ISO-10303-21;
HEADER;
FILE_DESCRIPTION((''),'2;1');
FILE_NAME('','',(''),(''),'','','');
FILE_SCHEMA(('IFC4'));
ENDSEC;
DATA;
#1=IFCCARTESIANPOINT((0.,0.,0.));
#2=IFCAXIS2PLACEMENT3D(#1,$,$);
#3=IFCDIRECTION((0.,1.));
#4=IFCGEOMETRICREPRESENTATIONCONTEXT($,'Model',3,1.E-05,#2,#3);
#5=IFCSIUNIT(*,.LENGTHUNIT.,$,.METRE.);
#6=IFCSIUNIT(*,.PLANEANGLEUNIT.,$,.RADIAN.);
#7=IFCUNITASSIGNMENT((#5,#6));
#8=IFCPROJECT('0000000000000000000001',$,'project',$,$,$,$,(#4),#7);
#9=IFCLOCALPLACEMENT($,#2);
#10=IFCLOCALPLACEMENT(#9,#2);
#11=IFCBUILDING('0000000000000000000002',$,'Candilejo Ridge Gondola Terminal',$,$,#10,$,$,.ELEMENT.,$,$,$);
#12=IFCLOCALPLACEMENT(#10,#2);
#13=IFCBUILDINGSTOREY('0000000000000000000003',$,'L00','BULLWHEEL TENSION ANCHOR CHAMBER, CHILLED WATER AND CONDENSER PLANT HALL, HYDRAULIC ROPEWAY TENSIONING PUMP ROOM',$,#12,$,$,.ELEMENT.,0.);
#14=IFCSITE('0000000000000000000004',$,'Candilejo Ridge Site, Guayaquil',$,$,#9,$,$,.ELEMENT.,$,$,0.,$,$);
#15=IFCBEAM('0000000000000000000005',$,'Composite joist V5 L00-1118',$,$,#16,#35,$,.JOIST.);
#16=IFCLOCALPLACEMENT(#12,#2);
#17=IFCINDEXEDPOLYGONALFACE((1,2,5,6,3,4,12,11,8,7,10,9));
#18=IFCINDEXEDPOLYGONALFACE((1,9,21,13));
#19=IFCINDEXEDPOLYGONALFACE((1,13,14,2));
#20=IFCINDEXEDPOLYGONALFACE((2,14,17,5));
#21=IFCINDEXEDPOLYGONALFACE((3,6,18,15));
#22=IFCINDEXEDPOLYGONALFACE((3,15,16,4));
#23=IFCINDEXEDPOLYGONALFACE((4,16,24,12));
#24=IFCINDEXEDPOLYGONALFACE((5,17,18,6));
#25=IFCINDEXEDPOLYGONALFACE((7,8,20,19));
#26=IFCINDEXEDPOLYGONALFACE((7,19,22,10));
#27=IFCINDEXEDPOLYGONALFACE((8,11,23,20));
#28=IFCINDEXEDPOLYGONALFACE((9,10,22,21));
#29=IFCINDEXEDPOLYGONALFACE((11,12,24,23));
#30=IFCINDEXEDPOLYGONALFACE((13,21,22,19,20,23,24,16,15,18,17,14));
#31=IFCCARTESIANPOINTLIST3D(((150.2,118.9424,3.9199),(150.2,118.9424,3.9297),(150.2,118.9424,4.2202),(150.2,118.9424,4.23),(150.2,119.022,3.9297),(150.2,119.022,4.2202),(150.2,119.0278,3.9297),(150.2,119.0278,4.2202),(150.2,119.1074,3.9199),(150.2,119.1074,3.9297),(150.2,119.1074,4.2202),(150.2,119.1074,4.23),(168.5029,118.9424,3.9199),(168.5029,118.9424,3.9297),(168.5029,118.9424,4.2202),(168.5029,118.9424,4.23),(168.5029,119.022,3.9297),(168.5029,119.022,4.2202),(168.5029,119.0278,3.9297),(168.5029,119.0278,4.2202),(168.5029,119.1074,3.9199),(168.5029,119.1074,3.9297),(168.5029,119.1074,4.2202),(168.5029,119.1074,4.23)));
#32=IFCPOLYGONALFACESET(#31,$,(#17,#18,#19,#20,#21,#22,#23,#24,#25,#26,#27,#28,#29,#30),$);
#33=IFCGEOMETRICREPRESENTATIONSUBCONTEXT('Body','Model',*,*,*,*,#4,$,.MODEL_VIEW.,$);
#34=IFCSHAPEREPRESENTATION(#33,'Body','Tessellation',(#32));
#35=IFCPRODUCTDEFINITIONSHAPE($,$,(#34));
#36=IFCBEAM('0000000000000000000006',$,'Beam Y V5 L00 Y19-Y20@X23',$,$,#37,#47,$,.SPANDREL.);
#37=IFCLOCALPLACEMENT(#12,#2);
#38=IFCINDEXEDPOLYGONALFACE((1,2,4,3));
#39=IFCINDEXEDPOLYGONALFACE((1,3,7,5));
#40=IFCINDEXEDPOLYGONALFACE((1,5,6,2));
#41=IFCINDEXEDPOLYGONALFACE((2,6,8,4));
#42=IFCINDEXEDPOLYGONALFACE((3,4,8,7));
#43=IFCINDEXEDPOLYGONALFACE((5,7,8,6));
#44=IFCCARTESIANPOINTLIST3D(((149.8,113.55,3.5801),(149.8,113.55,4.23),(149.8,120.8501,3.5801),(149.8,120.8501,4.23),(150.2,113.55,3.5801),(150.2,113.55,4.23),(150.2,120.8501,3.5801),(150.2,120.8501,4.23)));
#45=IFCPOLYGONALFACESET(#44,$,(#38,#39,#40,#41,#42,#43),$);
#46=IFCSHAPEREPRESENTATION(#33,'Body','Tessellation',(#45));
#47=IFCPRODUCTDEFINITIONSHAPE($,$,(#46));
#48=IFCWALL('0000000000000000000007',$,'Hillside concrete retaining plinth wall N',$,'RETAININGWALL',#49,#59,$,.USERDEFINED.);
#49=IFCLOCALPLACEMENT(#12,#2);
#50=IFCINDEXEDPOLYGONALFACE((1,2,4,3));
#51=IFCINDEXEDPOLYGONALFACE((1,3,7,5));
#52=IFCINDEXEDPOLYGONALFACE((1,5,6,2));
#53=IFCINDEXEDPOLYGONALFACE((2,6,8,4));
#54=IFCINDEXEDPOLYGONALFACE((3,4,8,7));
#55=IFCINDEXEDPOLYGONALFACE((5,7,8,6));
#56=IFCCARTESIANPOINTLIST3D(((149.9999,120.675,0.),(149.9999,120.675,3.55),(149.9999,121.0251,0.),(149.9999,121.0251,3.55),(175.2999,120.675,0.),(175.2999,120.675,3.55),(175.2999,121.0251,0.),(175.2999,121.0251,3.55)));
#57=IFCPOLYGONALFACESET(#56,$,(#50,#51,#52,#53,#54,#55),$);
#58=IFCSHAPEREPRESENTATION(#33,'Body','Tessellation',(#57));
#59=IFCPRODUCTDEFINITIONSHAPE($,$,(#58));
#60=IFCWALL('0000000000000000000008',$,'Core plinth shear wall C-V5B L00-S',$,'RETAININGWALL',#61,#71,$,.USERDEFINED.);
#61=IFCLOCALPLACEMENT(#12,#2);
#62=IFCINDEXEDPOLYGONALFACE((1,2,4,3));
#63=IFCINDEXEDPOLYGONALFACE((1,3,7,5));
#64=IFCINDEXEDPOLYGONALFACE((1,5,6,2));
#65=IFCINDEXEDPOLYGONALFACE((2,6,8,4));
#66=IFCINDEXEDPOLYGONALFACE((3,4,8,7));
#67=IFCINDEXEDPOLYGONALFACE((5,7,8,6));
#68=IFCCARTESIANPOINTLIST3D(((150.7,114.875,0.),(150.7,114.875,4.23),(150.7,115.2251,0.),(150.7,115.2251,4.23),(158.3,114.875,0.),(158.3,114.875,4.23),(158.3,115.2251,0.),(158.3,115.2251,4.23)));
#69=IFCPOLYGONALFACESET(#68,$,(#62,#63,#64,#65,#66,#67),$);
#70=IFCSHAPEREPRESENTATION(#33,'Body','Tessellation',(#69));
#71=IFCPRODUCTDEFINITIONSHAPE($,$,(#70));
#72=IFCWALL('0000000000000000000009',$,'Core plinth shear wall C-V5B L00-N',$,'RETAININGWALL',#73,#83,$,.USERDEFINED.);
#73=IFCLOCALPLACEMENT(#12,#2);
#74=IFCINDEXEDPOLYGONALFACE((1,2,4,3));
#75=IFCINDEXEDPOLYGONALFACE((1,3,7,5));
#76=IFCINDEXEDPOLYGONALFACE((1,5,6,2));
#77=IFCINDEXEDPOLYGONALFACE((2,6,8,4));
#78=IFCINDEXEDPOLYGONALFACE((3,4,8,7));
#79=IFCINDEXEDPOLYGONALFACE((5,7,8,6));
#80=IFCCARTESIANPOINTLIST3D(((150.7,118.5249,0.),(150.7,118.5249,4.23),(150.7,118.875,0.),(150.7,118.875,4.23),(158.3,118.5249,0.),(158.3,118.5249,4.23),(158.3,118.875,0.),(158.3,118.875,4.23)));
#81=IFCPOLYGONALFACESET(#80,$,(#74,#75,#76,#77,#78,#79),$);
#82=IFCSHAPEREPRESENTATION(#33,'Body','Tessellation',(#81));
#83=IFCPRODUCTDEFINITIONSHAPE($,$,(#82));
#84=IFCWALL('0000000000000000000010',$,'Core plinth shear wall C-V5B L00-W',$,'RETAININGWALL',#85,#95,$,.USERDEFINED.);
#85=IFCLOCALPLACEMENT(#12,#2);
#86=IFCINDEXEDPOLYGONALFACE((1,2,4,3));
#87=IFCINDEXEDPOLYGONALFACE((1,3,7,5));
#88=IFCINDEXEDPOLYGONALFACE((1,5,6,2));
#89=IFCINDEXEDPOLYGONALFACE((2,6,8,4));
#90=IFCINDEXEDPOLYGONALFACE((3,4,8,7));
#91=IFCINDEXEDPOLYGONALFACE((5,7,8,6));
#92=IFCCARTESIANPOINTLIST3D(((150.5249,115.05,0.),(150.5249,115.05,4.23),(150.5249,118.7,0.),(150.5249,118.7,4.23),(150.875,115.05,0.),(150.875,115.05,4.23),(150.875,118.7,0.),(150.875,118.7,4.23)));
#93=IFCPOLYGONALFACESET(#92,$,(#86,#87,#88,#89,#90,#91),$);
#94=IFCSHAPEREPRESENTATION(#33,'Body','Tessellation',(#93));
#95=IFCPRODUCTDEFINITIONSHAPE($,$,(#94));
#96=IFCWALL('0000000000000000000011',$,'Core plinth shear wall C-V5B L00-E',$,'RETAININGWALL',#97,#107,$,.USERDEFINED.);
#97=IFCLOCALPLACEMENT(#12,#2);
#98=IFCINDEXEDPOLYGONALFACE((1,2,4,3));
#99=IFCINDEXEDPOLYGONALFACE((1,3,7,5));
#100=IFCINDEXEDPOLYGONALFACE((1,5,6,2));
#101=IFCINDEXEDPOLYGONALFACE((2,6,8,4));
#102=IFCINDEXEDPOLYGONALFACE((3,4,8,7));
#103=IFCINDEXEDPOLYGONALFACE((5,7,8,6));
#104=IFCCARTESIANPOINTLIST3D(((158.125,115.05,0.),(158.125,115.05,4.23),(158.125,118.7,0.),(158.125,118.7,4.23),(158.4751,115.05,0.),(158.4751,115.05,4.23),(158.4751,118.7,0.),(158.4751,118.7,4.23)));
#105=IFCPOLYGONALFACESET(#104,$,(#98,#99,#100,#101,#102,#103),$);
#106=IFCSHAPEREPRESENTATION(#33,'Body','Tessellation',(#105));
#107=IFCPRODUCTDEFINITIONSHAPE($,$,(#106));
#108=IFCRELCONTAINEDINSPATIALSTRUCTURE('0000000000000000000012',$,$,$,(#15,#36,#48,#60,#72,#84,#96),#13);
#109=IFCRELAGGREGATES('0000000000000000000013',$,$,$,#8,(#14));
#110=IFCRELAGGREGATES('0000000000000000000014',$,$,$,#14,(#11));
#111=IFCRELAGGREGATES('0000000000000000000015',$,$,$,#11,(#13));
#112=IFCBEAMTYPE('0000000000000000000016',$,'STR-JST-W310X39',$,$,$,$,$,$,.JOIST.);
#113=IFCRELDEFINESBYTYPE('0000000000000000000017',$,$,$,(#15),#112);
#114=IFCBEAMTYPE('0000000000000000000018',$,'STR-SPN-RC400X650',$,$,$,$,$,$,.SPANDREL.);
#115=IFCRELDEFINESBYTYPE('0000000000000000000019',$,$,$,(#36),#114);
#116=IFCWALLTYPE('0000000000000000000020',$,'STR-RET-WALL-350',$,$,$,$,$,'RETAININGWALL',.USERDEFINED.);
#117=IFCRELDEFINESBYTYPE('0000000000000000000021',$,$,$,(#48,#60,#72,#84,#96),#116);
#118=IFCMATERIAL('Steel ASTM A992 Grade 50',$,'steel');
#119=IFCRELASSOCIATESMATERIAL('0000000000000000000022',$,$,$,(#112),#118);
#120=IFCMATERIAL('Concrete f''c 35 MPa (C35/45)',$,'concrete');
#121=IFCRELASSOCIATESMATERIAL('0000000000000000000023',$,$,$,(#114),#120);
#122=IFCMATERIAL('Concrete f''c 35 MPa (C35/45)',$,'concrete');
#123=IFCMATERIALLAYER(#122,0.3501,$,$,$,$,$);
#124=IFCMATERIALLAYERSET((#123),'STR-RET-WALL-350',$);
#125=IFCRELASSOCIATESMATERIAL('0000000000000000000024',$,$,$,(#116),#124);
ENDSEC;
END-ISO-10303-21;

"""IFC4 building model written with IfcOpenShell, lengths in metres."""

from ifc_helpers import new_model, si_unit, direction, frame, frame_2d, origin, origin_2d, place, context, subcontext, project, spatial, rectangle, i_section, extrude, material, layer, layer_set, material_profile, profile_set, type_object, element, save


model = new_model("IFC4")

# Units and contexts
model_context = context("Model", 3, precision=1e-05, world=origin(), true_north=direction((0.0, 1.0)))
body_context = subcontext(model_context, "Body", "Model", "MODEL_VIEW")
ifc_project = project(units=[si_unit("LENGTHUNIT", "METRE"), si_unit("PLANEANGLEUNIT", "RADIAN")], contexts=[model_context])

# Site, building, storey
site_placement = place(None, origin())
site = spatial("IfcSite", under=ifc_project, at=site_placement, Name="Candilejo Ridge Site, Guayaquil", CompositionType="ELEMENT", RefElevation=0.0)
building_placement = place(site_placement, origin())
building = spatial("IfcBuilding", under=site, at=building_placement, Name="Candilejo Ridge Gondola Terminal", CompositionType="ELEMENT")
storey_placement = place(building_placement, origin())
storey = spatial("IfcBuildingStorey", under=building, at=storey_placement, Name="L00", Description="BULLWHEEL TENSION ANCHOR CHAMBER, CHILLED WATER AND CONDENSER PLANT HALL, HYDRAULIC ROPEWAY TENSIONING PUMP ROOM", CompositionType="ELEMENT", Elevation=0.0)

# Beams
ifc_material_1 = material(Name="Steel ASTM A992 Grade 50", Category="steel")
ifc_material_profile_1 = material_profile(ifc_material_1, i_section(OverallWidth=0.165, OverallDepth=0.3101, WebThickness=0.0059, FlangeThickness=0.0098, at=origin_2d()))
ifc_profile_set_1 = profile_set([ifc_material_profile_1], Name="Steel ASTM A992 Grade 50")
beam_type_1 = type_object("IfcBeamType", Name="STR-JST-W310X39", PredefinedType="JOIST", material=ifc_profile_set_1)
for number, where, z_axis, x_axis, name in (
    (1, (150.2, 119.0249, 4.075), (1.0, 0.0, 0.0), (0.0, 1.0, 0.0), "Composite joist V5 L00-1118"),
):
    element("IfcBeam", number, at=place(storey_placement, frame(where, z_axis=z_axis, x_axis=x_axis)), inside=storey, type_object=beam_type_1, Name=name, PredefinedType="JOIST", context=body_context, shape_type="SweptSolid", body=[
        extrude(i_section(OverallWidth=0.165, OverallDepth=0.3101, WebThickness=0.0059, FlangeThickness=0.0098, at=origin_2d()), origin(), (0.0, 0.0, 1.0), 18.303),
    ])
ifc_material_2 = material(Name="Concrete f'c 35 MPa (C35/45)", Category="concrete")
ifc_material_profile_2 = material_profile(ifc_material_2, rectangle(XDim=0.3999, YDim=0.6499, at=origin_2d()))
ifc_profile_set_2 = profile_set([ifc_material_profile_2], Name="Concrete f'c 35 MPa (C35/45)")
beam_type_2 = type_object("IfcBeamType", Name="STR-SPN-RC400X650", PredefinedType="SPANDREL", material=ifc_profile_set_2)
beam_1_placement = place(storey_placement, frame((150.0, 113.55, 3.905), z_axis=(0.0, 1.0, 0.0), x_axis=(-1.0, 0.0, 0.0)))
element("IfcBeam", 2, at=beam_1_placement, inside=storey, type_object=beam_type_2, Name="Beam Y V5 L00 Y19-Y20@X23", PredefinedType="SPANDREL", context=body_context, shape_type="SweptSolid", body=[
    extrude(rectangle(XDim=0.3999, YDim=0.6499, at=origin_2d()), origin(), (0.0, 0.0, 1.0), 7.3),
])

# Walls
ifc_material_3 = material(Name="Concrete f'c 35 MPa (C35/45)", Category="concrete")
ifc_layer = layer(ifc_material_3, 0.3501)
ifc_layer_set = layer_set([ifc_layer], Name="STR-RET-WALL-350")
wall_type = type_object("IfcWallType", Name="STR-RET-WALL-350", ElementType="RETAININGWALL", PredefinedType="USERDEFINED", material=ifc_layer_set)
wall_placement = place(storey_placement, frame((150.0, 120.8501, 0.0), z_axis=(0.0, 0.0, 1.0), x_axis=(1.0, 0.0, 0.0)))
element("IfcWall", 3, at=wall_placement, inside=storey, type_object=wall_type, Name="Hillside concrete retaining plinth wall N", ObjectType="RETAININGWALL", PredefinedType="USERDEFINED", context=body_context, shape_type="SweptSolid", body=[
    extrude(rectangle(XDim=25.3, YDim=0.3501, at=frame_2d((12.6499, 0.0))), origin(), (0.0, 0.0, 1.0), 3.55),
])
for number, where, z_axis, x_axis, name in (
    (4, (150.7, 115.05, 0.0), (0.0, 0.0, 1.0), (1.0, 0.0, 0.0), "Core plinth shear wall C-V5B L00-S"),
    (5, (150.7, 118.7, 0.0), (0.0, 0.0, 1.0), (1.0, 0.0, 0.0), "Core plinth shear wall C-V5B L00-N"),
):
    element("IfcWall", number, at=place(storey_placement, frame(where, z_axis=z_axis, x_axis=x_axis)), inside=storey, type_object=wall_type, Name=name, ObjectType="RETAININGWALL", PredefinedType="USERDEFINED", context=body_context, shape_type="SweptSolid", body=[
        extrude(rectangle(XDim=7.6001, YDim=0.3501, at=frame_2d((3.8, 0.0))), origin(), (0.0, 0.0, 1.0), 4.23),
    ])
for number, where, z_axis, x_axis, name in (
    (6, (150.7, 115.05, 0.0), (0.0, 0.0, 1.0), (0.0, 1.0, 0.0), "Core plinth shear wall C-V5B L00-W"),
    (7, (158.3, 115.05, 0.0), (0.0, 0.0, 1.0), (0.0, 1.0, 0.0), "Core plinth shear wall C-V5B L00-E"),
):
    element("IfcWall", number, at=place(storey_placement, frame(where, z_axis=z_axis, x_axis=x_axis)), inside=storey, type_object=wall_type, Name=name, ObjectType="RETAININGWALL", PredefinedType="USERDEFINED", context=body_context, shape_type="SweptSolid", body=[
        extrude(rectangle(XDim=3.6499, YDim=0.3501, at=frame_2d((1.825, 0.0))), origin(), (0.0, 0.0, 1.0), 4.23),
    ])

save(model, "model.ifc")
